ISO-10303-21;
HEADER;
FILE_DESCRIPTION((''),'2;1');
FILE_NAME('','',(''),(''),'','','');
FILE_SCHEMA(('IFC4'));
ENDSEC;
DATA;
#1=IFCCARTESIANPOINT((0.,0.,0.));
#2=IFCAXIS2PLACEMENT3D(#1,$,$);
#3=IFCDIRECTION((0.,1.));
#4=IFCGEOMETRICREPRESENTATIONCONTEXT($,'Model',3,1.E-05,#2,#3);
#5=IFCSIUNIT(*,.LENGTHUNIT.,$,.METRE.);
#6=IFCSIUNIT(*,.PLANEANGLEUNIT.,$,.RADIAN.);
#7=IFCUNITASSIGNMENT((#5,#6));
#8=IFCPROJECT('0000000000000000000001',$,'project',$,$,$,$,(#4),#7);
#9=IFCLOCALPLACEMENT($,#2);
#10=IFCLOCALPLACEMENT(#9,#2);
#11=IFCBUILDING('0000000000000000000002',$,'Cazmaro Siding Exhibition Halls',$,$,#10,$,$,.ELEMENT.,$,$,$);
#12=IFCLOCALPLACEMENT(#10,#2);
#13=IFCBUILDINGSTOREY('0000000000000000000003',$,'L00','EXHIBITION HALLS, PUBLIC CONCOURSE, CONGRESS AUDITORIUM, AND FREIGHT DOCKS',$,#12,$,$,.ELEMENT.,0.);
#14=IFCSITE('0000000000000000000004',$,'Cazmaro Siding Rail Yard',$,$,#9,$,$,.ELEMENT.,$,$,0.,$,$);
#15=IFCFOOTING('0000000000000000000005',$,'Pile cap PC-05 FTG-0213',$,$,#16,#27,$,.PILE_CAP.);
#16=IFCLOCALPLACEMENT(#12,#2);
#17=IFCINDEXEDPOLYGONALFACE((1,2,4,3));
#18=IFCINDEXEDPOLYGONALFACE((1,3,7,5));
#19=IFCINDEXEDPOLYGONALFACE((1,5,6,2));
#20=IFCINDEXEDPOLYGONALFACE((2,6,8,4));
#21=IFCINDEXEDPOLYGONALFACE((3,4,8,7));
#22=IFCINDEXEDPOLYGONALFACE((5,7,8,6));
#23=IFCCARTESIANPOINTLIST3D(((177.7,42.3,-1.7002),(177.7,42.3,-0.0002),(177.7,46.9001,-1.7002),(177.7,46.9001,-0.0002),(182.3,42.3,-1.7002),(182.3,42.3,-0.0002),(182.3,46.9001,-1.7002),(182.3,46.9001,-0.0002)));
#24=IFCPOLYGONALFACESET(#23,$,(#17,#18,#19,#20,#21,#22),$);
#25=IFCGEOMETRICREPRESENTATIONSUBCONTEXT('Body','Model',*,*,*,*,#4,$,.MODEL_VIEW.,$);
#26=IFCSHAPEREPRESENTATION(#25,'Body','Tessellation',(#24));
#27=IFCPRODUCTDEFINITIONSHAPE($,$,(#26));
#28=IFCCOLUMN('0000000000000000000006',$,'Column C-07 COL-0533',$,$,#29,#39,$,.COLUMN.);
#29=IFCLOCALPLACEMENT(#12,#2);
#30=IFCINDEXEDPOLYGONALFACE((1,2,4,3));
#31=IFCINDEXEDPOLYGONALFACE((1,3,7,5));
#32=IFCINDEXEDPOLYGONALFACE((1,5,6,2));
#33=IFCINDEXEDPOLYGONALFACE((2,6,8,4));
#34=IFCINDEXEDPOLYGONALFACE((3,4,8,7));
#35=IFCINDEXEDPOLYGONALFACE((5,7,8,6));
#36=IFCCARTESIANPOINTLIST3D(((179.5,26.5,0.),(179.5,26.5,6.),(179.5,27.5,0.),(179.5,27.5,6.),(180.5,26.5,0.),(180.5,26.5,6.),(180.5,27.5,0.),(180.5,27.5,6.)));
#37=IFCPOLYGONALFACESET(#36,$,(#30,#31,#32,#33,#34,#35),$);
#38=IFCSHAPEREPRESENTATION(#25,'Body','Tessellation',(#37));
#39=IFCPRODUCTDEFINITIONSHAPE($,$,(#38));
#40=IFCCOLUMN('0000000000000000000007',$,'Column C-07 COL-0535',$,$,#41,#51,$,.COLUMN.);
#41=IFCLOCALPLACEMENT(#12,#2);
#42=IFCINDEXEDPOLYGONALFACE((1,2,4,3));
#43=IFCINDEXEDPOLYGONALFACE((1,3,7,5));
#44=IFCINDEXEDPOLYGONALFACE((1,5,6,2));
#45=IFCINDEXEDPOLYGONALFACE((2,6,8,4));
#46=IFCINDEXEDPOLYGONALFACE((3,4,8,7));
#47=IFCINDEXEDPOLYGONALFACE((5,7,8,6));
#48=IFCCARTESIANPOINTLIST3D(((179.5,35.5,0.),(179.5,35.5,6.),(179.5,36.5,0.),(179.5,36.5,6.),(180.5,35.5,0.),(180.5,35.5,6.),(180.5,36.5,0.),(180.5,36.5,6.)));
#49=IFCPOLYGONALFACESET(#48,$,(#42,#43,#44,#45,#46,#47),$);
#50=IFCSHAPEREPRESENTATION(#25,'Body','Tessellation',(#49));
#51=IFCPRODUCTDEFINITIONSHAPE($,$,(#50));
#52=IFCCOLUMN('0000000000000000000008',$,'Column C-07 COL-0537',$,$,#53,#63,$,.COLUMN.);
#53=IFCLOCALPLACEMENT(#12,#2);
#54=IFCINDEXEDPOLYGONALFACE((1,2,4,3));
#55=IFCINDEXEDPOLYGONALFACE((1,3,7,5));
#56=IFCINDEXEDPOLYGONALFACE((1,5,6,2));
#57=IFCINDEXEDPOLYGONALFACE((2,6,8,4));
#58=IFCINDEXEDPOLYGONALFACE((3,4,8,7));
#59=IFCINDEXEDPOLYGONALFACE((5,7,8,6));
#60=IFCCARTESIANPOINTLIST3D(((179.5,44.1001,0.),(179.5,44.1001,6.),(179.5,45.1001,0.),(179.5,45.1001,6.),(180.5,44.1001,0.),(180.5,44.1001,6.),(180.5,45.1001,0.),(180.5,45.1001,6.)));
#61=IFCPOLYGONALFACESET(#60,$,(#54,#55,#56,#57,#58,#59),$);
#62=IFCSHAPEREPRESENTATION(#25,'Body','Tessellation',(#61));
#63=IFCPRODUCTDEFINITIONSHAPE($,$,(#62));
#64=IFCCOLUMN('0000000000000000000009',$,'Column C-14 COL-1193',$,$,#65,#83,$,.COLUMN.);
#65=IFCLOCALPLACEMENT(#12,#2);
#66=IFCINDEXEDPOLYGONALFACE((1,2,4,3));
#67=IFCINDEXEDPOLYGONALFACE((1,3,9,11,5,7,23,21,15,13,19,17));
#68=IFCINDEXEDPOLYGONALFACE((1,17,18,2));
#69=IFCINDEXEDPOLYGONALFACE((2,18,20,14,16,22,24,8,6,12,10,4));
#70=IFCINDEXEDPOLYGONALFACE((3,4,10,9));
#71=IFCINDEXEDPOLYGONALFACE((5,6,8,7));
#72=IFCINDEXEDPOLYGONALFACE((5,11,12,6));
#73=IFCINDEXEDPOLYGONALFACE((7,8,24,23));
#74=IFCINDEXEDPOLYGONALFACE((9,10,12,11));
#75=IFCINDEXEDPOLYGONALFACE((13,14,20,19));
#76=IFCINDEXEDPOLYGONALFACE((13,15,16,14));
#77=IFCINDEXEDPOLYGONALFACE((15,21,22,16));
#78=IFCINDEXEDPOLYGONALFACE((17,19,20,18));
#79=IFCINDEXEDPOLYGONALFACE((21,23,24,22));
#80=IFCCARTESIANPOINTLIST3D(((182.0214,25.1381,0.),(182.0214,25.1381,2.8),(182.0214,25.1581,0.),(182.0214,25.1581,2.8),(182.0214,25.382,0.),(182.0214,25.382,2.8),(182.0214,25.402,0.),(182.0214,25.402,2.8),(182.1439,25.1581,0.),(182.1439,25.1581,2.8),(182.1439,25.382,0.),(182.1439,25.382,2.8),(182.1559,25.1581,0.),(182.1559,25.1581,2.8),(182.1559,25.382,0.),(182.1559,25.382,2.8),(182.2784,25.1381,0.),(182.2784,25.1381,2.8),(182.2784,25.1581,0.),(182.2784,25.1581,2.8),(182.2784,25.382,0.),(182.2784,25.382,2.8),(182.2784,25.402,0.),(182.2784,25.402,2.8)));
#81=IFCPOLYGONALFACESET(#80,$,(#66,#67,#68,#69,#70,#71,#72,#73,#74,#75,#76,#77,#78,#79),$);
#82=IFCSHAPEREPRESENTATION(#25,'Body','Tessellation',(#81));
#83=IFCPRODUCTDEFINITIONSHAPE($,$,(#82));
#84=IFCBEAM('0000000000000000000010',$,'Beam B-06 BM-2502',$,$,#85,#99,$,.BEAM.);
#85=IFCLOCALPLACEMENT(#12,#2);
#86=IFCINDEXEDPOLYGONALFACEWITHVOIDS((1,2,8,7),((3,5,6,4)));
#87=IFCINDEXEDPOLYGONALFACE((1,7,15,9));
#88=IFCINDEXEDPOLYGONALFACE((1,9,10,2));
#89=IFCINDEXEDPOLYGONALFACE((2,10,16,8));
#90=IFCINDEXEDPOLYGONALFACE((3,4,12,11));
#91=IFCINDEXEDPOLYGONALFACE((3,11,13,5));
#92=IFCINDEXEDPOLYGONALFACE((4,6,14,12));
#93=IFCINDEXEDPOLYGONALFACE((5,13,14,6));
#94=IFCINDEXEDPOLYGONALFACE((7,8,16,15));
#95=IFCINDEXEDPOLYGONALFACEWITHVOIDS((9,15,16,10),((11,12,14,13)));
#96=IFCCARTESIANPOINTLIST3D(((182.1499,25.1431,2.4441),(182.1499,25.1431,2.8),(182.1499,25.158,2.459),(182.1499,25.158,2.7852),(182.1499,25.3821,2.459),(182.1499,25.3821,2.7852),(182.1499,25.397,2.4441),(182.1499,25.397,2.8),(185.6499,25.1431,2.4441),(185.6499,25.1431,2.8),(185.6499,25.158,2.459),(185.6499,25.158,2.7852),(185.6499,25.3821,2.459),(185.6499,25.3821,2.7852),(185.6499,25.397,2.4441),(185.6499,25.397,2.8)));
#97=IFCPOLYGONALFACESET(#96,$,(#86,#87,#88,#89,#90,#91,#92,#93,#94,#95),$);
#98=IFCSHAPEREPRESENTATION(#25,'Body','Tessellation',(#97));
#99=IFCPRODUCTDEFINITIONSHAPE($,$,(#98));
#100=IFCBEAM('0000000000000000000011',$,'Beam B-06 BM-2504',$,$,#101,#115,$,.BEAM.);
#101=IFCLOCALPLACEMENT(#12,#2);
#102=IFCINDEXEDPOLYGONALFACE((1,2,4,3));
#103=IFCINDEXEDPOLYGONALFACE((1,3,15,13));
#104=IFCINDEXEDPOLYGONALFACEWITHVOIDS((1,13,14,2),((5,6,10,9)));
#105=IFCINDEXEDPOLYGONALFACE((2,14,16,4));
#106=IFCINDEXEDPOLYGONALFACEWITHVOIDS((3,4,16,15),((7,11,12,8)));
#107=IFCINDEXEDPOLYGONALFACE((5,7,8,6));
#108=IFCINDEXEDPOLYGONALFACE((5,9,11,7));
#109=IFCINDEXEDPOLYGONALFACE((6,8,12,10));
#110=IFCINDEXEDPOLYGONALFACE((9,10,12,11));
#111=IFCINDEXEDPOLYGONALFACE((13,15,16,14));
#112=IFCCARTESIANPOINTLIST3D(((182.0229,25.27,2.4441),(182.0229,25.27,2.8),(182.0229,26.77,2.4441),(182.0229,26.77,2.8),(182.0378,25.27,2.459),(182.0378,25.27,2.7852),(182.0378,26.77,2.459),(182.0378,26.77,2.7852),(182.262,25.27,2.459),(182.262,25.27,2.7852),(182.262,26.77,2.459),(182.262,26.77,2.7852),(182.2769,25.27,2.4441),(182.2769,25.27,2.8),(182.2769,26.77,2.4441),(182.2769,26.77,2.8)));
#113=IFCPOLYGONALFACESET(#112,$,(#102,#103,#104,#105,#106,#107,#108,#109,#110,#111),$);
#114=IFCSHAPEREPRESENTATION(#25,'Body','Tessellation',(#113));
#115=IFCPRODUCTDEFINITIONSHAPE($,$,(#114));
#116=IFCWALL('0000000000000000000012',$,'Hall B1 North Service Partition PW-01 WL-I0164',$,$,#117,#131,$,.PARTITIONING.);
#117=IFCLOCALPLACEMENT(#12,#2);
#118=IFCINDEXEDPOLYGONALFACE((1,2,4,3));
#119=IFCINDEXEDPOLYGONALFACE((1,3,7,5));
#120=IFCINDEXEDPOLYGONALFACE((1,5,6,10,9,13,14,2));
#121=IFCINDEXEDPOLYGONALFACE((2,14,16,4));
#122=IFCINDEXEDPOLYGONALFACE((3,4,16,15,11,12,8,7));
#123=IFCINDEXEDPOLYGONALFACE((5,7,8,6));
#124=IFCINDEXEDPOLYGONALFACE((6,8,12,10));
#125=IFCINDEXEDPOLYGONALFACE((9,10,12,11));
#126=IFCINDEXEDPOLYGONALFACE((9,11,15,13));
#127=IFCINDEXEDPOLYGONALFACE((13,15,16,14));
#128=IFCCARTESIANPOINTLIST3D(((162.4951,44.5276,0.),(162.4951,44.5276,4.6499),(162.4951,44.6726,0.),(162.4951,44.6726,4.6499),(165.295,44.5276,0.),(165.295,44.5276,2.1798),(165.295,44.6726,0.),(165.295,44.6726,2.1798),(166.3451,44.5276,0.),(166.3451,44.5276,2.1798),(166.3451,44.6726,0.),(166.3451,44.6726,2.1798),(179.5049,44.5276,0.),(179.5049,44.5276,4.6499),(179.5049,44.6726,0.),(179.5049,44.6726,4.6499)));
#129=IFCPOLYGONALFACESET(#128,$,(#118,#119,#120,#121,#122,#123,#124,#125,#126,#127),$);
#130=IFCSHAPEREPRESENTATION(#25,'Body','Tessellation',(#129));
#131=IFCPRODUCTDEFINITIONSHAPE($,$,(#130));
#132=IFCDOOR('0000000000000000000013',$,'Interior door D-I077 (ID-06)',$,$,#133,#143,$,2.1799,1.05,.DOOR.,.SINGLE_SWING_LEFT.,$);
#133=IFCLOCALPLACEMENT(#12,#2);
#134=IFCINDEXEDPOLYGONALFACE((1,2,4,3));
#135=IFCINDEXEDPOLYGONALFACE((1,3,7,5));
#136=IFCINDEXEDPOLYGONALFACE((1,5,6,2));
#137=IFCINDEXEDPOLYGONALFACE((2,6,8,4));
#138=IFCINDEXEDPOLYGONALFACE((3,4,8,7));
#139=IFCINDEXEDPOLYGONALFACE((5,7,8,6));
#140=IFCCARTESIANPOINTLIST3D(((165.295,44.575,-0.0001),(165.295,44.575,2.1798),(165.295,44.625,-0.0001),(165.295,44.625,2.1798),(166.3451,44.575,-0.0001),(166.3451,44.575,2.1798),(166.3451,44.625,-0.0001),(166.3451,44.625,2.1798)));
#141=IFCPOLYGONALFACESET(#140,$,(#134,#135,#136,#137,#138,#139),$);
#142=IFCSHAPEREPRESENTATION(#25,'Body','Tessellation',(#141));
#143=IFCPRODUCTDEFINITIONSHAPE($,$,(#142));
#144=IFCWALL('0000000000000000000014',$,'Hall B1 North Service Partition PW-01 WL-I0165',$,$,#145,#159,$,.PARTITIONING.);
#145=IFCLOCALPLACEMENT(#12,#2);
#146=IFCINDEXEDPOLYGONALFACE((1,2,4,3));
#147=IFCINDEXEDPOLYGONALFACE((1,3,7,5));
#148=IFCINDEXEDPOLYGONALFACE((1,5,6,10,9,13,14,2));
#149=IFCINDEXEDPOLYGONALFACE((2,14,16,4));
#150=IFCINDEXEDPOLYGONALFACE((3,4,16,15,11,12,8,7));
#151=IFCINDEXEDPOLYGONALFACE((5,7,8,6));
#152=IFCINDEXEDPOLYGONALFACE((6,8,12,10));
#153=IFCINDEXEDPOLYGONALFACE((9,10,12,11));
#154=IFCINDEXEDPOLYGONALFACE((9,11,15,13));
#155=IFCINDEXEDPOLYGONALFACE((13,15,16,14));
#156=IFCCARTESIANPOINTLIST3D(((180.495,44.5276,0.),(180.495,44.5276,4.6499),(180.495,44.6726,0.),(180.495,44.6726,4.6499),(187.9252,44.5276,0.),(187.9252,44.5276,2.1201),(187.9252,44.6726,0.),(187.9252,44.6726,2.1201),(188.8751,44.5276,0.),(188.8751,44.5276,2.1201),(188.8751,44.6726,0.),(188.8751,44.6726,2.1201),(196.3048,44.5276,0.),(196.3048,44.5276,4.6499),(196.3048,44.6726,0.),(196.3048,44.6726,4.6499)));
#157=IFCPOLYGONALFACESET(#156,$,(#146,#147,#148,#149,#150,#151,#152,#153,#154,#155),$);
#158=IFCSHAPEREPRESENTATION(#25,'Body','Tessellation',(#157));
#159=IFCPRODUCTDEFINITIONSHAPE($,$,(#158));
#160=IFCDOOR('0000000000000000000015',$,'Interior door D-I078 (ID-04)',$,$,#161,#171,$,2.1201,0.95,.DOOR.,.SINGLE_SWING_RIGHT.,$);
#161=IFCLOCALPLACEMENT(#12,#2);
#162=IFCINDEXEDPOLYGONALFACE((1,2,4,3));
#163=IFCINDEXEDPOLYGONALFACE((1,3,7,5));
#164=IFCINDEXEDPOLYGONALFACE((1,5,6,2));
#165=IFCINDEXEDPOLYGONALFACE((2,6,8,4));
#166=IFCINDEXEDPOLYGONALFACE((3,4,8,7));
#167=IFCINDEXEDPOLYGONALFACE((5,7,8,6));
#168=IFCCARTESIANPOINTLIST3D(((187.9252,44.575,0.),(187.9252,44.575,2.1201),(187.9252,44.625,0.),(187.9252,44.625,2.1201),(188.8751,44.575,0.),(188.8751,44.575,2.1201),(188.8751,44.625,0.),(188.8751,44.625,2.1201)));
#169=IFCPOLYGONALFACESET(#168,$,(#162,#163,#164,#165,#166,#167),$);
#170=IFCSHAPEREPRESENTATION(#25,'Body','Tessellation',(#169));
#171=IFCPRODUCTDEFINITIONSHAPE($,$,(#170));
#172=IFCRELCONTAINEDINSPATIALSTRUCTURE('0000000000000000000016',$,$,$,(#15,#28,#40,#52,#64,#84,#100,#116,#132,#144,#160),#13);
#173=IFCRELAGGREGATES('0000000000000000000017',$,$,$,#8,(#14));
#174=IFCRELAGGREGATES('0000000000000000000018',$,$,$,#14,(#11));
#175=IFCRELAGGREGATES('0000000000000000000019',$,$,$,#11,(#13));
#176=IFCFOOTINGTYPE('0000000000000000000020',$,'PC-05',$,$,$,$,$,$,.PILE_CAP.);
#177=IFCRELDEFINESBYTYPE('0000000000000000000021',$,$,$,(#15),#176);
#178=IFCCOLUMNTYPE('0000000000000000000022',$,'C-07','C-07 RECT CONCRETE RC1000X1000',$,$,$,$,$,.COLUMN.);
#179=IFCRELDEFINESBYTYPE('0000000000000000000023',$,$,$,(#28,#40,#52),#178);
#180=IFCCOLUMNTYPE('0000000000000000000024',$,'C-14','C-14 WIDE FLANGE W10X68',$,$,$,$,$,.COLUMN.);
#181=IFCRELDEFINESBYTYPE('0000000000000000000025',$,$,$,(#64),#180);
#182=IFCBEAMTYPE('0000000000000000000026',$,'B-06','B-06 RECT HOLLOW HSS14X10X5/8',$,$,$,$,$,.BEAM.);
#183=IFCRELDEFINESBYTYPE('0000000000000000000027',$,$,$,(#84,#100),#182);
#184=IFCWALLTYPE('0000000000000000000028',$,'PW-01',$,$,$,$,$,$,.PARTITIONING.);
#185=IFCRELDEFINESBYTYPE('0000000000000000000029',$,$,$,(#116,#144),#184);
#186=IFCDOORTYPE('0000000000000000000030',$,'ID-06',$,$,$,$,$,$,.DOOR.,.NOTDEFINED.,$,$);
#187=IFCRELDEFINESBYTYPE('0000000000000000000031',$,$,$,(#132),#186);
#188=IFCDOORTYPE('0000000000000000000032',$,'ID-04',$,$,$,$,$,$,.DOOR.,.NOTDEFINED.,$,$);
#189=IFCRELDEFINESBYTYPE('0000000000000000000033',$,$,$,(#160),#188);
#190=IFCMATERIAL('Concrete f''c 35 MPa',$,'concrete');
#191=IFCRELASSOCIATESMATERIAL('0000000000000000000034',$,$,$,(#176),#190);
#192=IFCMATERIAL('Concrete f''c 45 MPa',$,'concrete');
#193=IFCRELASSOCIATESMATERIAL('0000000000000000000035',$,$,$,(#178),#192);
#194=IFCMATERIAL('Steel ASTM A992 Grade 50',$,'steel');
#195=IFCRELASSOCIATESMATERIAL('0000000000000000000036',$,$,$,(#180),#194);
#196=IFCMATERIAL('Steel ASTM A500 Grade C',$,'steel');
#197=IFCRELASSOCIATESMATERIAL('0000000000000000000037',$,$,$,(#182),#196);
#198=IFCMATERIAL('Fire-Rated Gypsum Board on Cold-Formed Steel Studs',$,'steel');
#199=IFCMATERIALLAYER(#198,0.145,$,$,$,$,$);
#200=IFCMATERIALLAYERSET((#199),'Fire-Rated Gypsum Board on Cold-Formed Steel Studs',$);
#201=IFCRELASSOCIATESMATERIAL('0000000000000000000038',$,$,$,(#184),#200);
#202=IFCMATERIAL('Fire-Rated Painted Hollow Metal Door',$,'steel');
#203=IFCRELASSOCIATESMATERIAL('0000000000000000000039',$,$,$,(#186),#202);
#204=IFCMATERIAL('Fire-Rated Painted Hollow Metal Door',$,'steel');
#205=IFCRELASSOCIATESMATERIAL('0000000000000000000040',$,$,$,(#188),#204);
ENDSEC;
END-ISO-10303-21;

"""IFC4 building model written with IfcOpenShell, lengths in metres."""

from ifc_helpers import new_model, si_unit, direction, frame, frame_2d, origin, origin_2d, place, context, subcontext, project, spatial, rectangle, hollow_rectangle, i_section, extrude, material, layer, layer_set, material_profile, profile_set, type_object, element, fill, save


model = new_model("IFC4")

# Units and contexts
model_context = context("Model", 3, precision=1e-05, world=origin(), true_north=direction((0.0, 1.0)))
body_context = subcontext(model_context, "Body", "Model", "MODEL_VIEW")
ifc_project = project(units=[si_unit("LENGTHUNIT", "METRE"), si_unit("PLANEANGLEUNIT", "RADIAN")], contexts=[model_context])

# Site, building, storey
site_placement = place(None, origin())
site = spatial("IfcSite", under=ifc_project, at=site_placement, Name="Cazmaro Siding Rail Yard", CompositionType="ELEMENT", RefElevation=0.0)
building_placement = place(site_placement, origin())
building = spatial("IfcBuilding", under=site, at=building_placement, Name="Cazmaro Siding Exhibition Halls", CompositionType="ELEMENT")
storey_placement = place(building_placement, origin())
storey = spatial("IfcBuildingStorey", under=building, at=storey_placement, Name="L00", Description="EXHIBITION HALLS, PUBLIC CONCOURSE, CONGRESS AUDITORIUM, AND FREIGHT DOCKS", CompositionType="ELEMENT", Elevation=0.0)

# Footing
ifc_material_1 = material(Name="Concrete f'c 35 MPa", Category="concrete")
footing_type = type_object("IfcFootingType", Name="PC-05", PredefinedType="PILE_CAP", material=ifc_material_1)
for number, where, z_axis, x_axis, name in (
    (1, (180.0, 44.6001, -1.7002), (0.0, 0.0, 1.0), (1.0, 0.0, 0.0), "Pile cap PC-05 FTG-0213"),
):
    element("IfcFooting", number, at=place(storey_placement, frame(where, z_axis=z_axis, x_axis=x_axis)), inside=storey, type_object=footing_type, Name=name, PredefinedType="PILE_CAP", context=body_context, shape_type="SweptSolid", body=[
        extrude(rectangle(XDim=4.6001, YDim=4.6001, at=origin_2d()), origin(), (0.0, 0.0, 1.0), 1.7),
    ])

# Columns
ifc_material_2 = material(Name="Concrete f'c 45 MPa", Category="concrete")
ifc_material_profile_1 = material_profile(ifc_material_2, rectangle(XDim=1.0, YDim=1.0, at=origin_2d()), Name="RC1000X1000")
ifc_profile_set_1 = profile_set([ifc_material_profile_1], Name="Concrete f'c 45 MPa")
column_type_1 = type_object("IfcColumnType", Name="C-07", Description="C-07 RECT CONCRETE RC1000X1000", PredefinedType="COLUMN", material=ifc_profile_set_1)
for number, where, z_axis, x_axis, name in (
    (2, (180.0, 27.0, 0.0), (0.0, 0.0, 1.0), (1.0, 0.0, 0.0), "Column C-07 COL-0533"),
    (3, (180.0, 36.0, 0.0), (0.0, 0.0, 1.0), (1.0, 0.0, 0.0), "Column C-07 COL-0535"),
    (4, (180.0, 44.6001, 0.0), (0.0, 0.0, 1.0), (1.0, 0.0, 0.0), "Column C-07 COL-0537"),
):
    element("IfcColumn", number, at=place(storey_placement, frame(where, z_axis=z_axis, x_axis=x_axis)), inside=storey, type_object=column_type_1, Name=name, PredefinedType="COLUMN", context=body_context, shape_type="SweptSolid", body=[
        extrude(rectangle(XDim=1.0, YDim=1.0, at=origin_2d()), origin(), (0.0, 0.0, 1.0), 6.0),
    ])
ifc_material_3 = material(Name="Steel ASTM A992 Grade 50", Category="steel")
ifc_material_profile_2 = material_profile(ifc_material_3, i_section(OverallWidth=0.2571, OverallDepth=0.2639, WebThickness=0.012, FlangeThickness=0.02, at=origin_2d()), Name="W10X68")
ifc_profile_set_2 = profile_set([ifc_material_profile_2], Name="Steel ASTM A992 Grade 50")
column_type_2 = type_object("IfcColumnType", Name="C-14", Description="C-14 WIDE FLANGE W10X68", PredefinedType="COLUMN", material=ifc_profile_set_2)
column_placement = place(storey_placement, frame((182.1499, 25.27, 0.0), z_axis=(0.0, 0.0, 1.0), x_axis=(1.0, 0.0, 0.0)))
element("IfcColumn", 5, at=column_placement, inside=storey, type_object=column_type_2, Name="Column C-14 COL-1193", PredefinedType="COLUMN", context=body_context, shape_type="SweptSolid", body=[
    extrude(i_section(OverallWidth=0.2571, OverallDepth=0.2639, WebThickness=0.012, FlangeThickness=0.02, at=origin_2d()), origin(), (0.0, 0.0, 1.0), 2.8),
])

# Beams
ifc_material_4 = material(Name="Steel ASTM A500 Grade C", Category="steel")
ifc_material_profile_3 = material_profile(ifc_material_4, hollow_rectangle(XDim=0.2539, YDim=0.356, WallThickness=0.0149, at=origin_2d()), Name="HSS14X10X5/8")
ifc_profile_set_3 = profile_set([ifc_material_profile_3], Name="Steel ASTM A500 Grade C")
beam_type = type_object("IfcBeamType", Name="B-06", Description="B-06 RECT HOLLOW HSS14X10X5/8", PredefinedType="BEAM", material=ifc_profile_set_3)
beam_1_placement = place(storey_placement, frame((182.1499, 25.27, 2.6221), z_axis=(1.0, 0.0, 0.0), x_axis=(0.0, 1.0, 0.0)))
element("IfcBeam", 6, at=beam_1_placement, inside=storey, type_object=beam_type, Name="Beam B-06 BM-2502", PredefinedType="BEAM", context=body_context, shape_type="SweptSolid", body=[
    extrude(hollow_rectangle(XDim=0.2539, YDim=0.356, WallThickness=0.0149, at=origin_2d()), origin(), (0.0, 0.0, 1.0), 3.5),
])
beam_2_placement = place(storey_placement, frame((182.1499, 25.27, 2.6221), z_axis=(0.0, 1.0, 0.0), x_axis=(-1.0, 0.0, 0.0)))
element("IfcBeam", 7, at=beam_2_placement, inside=storey, type_object=beam_type, Name="Beam B-06 BM-2504", PredefinedType="BEAM", context=body_context, shape_type="SweptSolid", body=[
    extrude(hollow_rectangle(XDim=0.2539, YDim=0.356, WallThickness=0.0149, at=origin_2d()), origin(), (0.0, 0.0, 1.0), 1.5),
])

# Walls, openings, doors
ifc_material_5 = material(Name="Fire-Rated Gypsum Board on Cold-Formed Steel Studs", Category="steel")
ifc_layer_1 = layer(ifc_material_5, 0.145)
ifc_layer_set_1 = layer_set([ifc_layer_1], Name="Fire-Rated Gypsum Board on Cold-Formed Steel Studs")
wall_type_1 = type_object("IfcWallType", Name="PW-01", PredefinedType="PARTITIONING", material=ifc_layer_set_1)
wall_1_placement = place(storey_placement, frame((162.4951, 44.6001, 0.0), z_axis=(0.0, 0.0, 1.0), x_axis=(1.0, 0.0, 0.0)))
wall_1 = element("IfcWall", 8, at=wall_1_placement, inside=storey, type_object=wall_type_1, Name="Hall B1 North Service Partition PW-01 WL-I0164", PredefinedType="PARTITIONING", context=body_context, shape_type="SweptSolid", body=[
    extrude(rectangle(XDim=17.0098, YDim=0.145, at=frame_2d((8.5049, 0.0))), origin(), (0.0, 0.0, 1.0), 4.6499),
])
opening_1_placement = place(wall_1_placement, frame((2.8, 0.0, 0.0)))
opening_1 = element("IfcOpeningElement", 9, at=opening_1_placement, cuts=wall_1, PredefinedType="OPENING", context=body_context, shape_type="SweptSolid", body=[
    extrude(rectangle(XDim=1.05, YDim=2.1799, at=frame_2d((0.5249, 1.0898))), frame((0.0, 0.0825, 0.0), z_axis=(0.0, -1.0, 0.0), x_axis=(1.0, 0.0, 0.0)), (0.0, 0.0, 1.0), 0.165),
])
ifc_material_6 = material(Name="Fire-Rated Painted Hollow Metal Door", Category="steel")
door_type_1 = type_object("IfcDoorType", Name="ID-06", OperationType="NOTDEFINED", PredefinedType="DOOR", material=ifc_material_6)
door_1_placement = place(opening_1_placement, origin())
door_1 = element("IfcDoor", 10, at=door_1_placement, inside=storey, type_object=door_type_1, Name="Interior door D-I077 (ID-06)", OperationType="SINGLE_SWING_LEFT", OverallHeight=2.1799, OverallWidth=1.05, PredefinedType="DOOR", context=body_context, shape_type="SweptSolid", body=[
    extrude(rectangle(XDim=1.05, YDim=2.1799, at=frame_2d((0.5249, 1.0898))), frame((0.0, 0.0249, 0.0), z_axis=(0.0, -1.0, 0.0), x_axis=(1.0, 0.0, 0.0)), (0.0, 0.0, 1.0), 0.05),
])
fill(opening_1, door_1)
wall_2_placement = place(storey_placement, frame((180.4951, 44.6001, 0.0), z_axis=(0.0, 0.0, 1.0), x_axis=(1.0, 0.0, 0.0)))
wall_2 = element("IfcWall", 11, at=wall_2_placement, inside=storey, type_object=wall_type_1, Name="Hall B1 North Service Partition PW-01 WL-I0165", PredefinedType="PARTITIONING", context=body_context, shape_type="SweptSolid", body=[
    extrude(rectangle(XDim=15.8098, YDim=0.145, at=frame_2d((7.9048, 0.0))), origin(), (0.0, 0.0, 1.0), 4.6499),
])
opening_2_placement = place(wall_2_placement, frame((7.4299, 0.0, 0.0)))
opening_2 = element("IfcOpeningElement", 12, at=opening_2_placement, cuts=wall_2, PredefinedType="OPENING", context=body_context, shape_type="SweptSolid", body=[
    extrude(rectangle(XDim=0.95, YDim=2.1201, at=frame_2d((0.4751, 1.0601))), frame((0.0, 0.0825, 0.0), z_axis=(0.0, -1.0, 0.0), x_axis=(1.0, 0.0, 0.0)), (0.0, 0.0, 1.0), 0.165),
])
ifc_material_7 = material(Name="Fire-Rated Painted Hollow Metal Door", Category="steel")
door_type_2 = type_object("IfcDoorType", Name="ID-04", OperationType="NOTDEFINED", PredefinedType="DOOR", material=ifc_material_7)
door_2_placement = place(opening_2_placement, origin())
door_2 = element("IfcDoor", 13, at=door_2_placement, inside=storey, type_object=door_type_2, Name="Interior door D-I078 (ID-04)", OperationType="SINGLE_SWING_RIGHT", OverallHeight=2.1201, OverallWidth=0.95, PredefinedType="DOOR", context=body_context, shape_type="SweptSolid", body=[
    extrude(rectangle(XDim=0.95, YDim=2.1201, at=frame_2d((0.4751, 1.0601))), frame((0.0, 0.0249, 0.0), z_axis=(0.0, -1.0, 0.0), x_axis=(1.0, 0.0, 0.0)), (0.0, 0.0, 1.0), 0.05),
])
fill(opening_2, door_2)

save(model, "model.ifc")
